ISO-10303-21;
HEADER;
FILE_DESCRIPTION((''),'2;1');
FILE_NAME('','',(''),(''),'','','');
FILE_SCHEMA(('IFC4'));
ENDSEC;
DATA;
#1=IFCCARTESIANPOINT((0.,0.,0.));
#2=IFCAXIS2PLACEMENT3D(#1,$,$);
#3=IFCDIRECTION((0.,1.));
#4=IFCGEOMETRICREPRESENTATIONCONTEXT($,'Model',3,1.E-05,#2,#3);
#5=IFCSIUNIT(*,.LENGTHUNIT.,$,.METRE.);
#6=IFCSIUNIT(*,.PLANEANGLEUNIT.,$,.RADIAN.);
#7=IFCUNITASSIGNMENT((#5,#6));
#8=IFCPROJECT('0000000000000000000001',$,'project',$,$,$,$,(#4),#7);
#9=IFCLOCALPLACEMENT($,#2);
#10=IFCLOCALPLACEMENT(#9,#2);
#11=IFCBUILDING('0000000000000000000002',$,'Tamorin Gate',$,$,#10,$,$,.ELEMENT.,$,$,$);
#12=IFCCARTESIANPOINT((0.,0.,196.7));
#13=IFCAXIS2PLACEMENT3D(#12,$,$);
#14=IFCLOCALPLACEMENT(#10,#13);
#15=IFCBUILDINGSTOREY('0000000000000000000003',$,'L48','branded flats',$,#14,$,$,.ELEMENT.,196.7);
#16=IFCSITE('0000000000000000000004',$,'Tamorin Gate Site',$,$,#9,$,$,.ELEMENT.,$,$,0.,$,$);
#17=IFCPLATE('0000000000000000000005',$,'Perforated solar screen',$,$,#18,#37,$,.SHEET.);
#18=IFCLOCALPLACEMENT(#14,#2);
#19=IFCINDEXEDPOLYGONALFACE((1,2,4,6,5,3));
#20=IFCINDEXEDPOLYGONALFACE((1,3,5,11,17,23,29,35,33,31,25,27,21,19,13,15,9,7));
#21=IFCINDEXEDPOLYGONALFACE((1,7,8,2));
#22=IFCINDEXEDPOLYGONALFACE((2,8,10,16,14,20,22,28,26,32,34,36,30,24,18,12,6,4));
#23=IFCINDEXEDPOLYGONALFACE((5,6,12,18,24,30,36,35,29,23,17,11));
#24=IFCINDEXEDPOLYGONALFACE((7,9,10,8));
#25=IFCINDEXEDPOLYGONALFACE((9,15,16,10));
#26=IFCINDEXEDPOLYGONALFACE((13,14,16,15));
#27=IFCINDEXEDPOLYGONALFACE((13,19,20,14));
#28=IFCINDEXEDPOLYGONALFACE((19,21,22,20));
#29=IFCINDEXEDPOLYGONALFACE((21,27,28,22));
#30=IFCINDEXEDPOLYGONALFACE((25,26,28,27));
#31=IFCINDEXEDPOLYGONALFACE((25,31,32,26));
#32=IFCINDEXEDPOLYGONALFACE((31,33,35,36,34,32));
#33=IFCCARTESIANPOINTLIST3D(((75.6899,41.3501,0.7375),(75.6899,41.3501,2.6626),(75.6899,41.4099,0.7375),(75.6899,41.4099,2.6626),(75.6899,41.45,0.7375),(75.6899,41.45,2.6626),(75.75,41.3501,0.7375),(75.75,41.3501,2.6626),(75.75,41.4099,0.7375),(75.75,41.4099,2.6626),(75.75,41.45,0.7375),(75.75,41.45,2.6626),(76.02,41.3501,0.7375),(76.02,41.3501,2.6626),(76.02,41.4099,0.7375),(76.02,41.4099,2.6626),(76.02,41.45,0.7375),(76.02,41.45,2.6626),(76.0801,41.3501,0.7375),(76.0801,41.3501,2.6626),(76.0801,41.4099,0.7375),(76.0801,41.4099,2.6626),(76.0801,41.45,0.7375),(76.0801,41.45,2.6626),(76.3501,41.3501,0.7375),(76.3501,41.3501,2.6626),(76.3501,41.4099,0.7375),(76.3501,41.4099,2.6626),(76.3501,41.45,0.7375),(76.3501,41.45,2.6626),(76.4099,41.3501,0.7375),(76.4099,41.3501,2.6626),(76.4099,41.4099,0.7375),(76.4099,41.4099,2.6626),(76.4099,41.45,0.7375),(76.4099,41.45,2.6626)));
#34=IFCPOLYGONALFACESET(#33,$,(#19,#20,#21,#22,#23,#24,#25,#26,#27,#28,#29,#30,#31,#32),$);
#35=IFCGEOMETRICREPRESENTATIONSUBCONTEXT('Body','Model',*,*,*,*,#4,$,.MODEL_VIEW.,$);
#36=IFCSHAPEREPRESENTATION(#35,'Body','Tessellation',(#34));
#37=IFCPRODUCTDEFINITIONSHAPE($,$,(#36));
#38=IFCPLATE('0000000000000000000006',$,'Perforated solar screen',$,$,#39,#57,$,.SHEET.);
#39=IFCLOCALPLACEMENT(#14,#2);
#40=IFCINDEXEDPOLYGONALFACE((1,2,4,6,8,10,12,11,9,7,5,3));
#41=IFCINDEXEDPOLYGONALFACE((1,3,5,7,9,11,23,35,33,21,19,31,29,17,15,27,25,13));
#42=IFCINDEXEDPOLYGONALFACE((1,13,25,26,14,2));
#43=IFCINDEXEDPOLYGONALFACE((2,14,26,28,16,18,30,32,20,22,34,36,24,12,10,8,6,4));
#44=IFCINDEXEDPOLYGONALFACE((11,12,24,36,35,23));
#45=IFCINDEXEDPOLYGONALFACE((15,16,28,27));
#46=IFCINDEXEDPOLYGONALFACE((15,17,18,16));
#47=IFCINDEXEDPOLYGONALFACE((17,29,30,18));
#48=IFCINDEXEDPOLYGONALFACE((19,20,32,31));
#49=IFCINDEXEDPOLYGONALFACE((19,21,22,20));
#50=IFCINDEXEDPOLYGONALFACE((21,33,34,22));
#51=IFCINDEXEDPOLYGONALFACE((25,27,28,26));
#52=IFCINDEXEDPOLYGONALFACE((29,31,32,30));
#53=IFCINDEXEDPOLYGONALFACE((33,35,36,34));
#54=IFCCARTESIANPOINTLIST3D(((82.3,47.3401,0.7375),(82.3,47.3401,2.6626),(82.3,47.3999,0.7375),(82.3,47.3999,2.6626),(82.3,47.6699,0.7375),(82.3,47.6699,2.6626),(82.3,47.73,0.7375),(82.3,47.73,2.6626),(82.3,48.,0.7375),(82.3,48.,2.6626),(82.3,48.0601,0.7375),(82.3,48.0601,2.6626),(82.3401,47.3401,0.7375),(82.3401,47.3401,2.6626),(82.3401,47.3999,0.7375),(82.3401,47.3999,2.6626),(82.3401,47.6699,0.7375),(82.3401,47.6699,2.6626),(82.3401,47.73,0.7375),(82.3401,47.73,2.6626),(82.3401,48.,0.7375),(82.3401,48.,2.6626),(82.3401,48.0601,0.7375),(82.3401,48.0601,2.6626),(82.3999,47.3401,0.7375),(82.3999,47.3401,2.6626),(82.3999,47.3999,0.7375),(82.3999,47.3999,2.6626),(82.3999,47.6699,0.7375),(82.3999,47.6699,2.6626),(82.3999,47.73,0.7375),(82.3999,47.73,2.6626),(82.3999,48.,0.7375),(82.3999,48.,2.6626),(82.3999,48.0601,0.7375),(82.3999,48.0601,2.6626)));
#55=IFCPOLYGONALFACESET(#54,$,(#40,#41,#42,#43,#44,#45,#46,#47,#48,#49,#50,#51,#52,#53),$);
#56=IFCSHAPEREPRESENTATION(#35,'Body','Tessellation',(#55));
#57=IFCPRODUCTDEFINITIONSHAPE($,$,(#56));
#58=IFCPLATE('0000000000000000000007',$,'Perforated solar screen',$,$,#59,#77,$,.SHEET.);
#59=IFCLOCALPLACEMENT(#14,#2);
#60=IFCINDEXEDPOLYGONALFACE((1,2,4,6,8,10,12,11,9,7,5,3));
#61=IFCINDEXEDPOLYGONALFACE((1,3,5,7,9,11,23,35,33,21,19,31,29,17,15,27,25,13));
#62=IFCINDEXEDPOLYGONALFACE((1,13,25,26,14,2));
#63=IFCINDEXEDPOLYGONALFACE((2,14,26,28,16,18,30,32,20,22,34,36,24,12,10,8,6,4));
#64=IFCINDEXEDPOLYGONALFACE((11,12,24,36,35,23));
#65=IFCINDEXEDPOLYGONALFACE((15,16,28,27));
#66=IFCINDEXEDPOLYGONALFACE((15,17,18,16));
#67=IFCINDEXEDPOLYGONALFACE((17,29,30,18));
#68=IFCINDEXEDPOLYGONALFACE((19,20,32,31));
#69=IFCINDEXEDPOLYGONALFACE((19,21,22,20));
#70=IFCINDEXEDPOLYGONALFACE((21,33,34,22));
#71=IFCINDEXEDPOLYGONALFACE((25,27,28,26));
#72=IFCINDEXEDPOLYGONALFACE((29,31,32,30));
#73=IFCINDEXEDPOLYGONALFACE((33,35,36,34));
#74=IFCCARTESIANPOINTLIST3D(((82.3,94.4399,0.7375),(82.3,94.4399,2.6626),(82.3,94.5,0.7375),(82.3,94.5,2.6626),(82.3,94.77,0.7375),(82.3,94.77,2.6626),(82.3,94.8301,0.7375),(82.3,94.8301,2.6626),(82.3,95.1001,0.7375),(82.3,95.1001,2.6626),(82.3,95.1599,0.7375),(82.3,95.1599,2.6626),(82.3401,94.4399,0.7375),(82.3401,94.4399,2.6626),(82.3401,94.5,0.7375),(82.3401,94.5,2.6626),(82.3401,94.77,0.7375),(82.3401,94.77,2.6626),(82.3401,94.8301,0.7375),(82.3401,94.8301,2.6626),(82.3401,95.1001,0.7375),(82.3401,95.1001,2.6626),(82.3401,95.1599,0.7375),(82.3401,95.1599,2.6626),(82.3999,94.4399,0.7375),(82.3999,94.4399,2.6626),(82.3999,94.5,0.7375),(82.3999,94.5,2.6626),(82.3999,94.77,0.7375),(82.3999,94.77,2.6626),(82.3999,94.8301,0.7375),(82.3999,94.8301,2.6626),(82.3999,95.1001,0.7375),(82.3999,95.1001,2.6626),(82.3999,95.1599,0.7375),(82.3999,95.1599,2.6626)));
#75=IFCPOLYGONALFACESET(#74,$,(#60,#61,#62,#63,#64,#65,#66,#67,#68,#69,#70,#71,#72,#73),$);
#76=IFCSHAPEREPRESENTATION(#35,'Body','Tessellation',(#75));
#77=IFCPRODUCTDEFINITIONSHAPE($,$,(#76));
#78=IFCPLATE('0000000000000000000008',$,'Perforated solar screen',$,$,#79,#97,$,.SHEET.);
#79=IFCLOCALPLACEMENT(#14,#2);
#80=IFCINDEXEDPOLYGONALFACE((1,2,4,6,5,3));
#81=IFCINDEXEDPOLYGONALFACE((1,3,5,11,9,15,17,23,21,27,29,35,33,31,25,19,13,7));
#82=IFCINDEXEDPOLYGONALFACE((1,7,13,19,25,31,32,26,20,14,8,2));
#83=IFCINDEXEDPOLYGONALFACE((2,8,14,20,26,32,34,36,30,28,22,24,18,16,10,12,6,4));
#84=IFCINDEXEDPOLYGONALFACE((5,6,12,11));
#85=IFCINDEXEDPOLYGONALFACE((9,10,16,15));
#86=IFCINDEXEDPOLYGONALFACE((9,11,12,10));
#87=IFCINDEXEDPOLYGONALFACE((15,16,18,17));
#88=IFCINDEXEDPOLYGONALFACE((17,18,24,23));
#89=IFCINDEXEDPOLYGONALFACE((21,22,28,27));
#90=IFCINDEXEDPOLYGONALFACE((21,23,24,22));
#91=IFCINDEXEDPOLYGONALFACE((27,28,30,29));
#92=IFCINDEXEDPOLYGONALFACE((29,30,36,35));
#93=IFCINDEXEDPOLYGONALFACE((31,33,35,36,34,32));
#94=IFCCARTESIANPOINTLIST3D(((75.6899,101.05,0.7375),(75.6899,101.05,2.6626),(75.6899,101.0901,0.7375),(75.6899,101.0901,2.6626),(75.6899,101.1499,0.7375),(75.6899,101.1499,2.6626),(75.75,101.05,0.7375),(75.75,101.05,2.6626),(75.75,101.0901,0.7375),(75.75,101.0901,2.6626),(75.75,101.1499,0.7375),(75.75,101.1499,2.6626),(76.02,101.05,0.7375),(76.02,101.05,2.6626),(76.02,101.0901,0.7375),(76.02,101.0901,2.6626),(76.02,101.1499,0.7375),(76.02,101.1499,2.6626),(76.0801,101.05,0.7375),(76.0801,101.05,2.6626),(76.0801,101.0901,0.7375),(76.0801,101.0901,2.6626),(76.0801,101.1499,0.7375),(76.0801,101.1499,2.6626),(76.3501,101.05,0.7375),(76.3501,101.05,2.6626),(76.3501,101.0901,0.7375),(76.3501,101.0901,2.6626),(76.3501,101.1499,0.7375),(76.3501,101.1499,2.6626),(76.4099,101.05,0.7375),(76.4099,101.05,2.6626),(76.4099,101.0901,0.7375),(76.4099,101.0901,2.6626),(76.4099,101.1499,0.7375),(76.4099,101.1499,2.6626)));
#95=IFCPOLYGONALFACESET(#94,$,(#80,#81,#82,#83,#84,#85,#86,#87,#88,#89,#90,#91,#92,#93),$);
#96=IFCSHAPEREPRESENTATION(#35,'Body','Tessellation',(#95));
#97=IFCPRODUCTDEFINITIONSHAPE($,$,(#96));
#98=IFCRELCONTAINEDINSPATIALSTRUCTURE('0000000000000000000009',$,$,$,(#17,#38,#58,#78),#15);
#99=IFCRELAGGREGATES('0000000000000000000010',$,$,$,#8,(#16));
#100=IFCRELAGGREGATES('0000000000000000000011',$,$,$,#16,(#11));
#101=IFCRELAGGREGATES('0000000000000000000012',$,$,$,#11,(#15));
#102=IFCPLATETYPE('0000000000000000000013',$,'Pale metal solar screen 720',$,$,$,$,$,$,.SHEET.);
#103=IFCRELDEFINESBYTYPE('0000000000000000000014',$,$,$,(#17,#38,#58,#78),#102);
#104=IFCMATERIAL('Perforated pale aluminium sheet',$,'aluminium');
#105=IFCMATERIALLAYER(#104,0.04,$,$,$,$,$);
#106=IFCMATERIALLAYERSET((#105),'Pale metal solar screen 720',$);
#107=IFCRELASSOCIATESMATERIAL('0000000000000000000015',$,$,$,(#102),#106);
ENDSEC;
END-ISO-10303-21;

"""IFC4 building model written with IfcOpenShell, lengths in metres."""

from ifc_helpers import new_model, si_unit, direction, frame, origin, place, context, subcontext, project, spatial, polyline, outline, extrude, material, layer, layer_set, type_object, element, save


model = new_model("IFC4")

# Units and contexts
model_context = context("Model", 3, precision=1e-05, world=origin(), true_north=direction((0.0, 1.0)))
body_context = subcontext(model_context, "Body", "Model", "MODEL_VIEW")
ifc_project = project(units=[si_unit("LENGTHUNIT", "METRE"), si_unit("PLANEANGLEUNIT", "RADIAN")], contexts=[model_context])

# Site, building, storey
site_placement = place(None, origin())
site = spatial("IfcSite", under=ifc_project, at=site_placement, Name="Tamorin Gate Site", CompositionType="ELEMENT", RefElevation=0.0)
building_placement = place(site_placement, origin())
building = spatial("IfcBuilding", under=site, at=building_placement, Name="Tamorin Gate", CompositionType="ELEMENT")
storey_placement = place(building_placement, frame((0.0, 0.0, 196.7)))
storey = spatial("IfcBuildingStorey", under=building, at=storey_placement, Name="L48", Description="branded flats", CompositionType="ELEMENT", Elevation=196.7)

# Plates
ifc_material_1 = material(Name="Perforated pale aluminium sheet", Category="aluminium")
ifc_layer_1 = layer(ifc_material_1, 0.04)
ifc_layer_set_1 = layer_set([ifc_layer_1], Name="Pale metal solar screen 720")
plate_type_1 = type_object("IfcPlateType", Name="Pale metal solar screen 720", PredefinedType="SHEET", material=ifc_layer_set_1)
plate_1_placement = place(storey_placement, frame((0.0, 0.0, 0.7375)))
element("IfcPlate", 1, at=plate_1_placement, inside=storey, type_object=plate_type_1, Name="Perforated solar screen", PredefinedType="SHEET", context=body_context, shape_type="SweptSolid", body=[
    extrude(outline(polyline([(75.6899, 41.4099), (75.6899, 41.45), (75.75, 41.45), (76.02, 41.45), (76.0801, 41.45), (76.3501, 41.45), (76.4099, 41.45), (76.4099, 41.4099), (76.4099, 41.3501), (76.3501, 41.3501), (76.3501, 41.4099), (76.0801, 41.4099), (76.0801, 41.3501), (76.02, 41.3501), (76.02, 41.4099), (75.75, 41.4099), (75.75, 41.3501), (75.6899, 41.3501), (75.6899, 41.4099)])), origin(), (0.0, 0.0, 1.0), 1.925),
])
plate_2_placement = place(storey_placement, frame((0.0, 0.0, 0.7375)))
element("IfcPlate", 2, at=plate_2_placement, inside=storey, type_object=plate_type_1, Name="Perforated solar screen", PredefinedType="SHEET", context=body_context, shape_type="SweptSolid", body=[
    extrude(outline(polyline([(82.3401, 47.3401), (82.3, 47.3401), (82.3, 47.3999), (82.3, 47.6699), (82.3, 47.73), (82.3, 48.0), (82.3, 48.0601), (82.3401, 48.0601), (82.3999, 48.0601), (82.3999, 48.0), (82.3401, 48.0), (82.3401, 47.73), (82.3999, 47.73), (82.3999, 47.6699), (82.3401, 47.6699), (82.3401, 47.3999), (82.3999, 47.3999), (82.3999, 47.3401), (82.3401, 47.3401)])), origin(), (0.0, 0.0, 1.0), 1.925),
])
plate_3_placement = place(storey_placement, frame((0.0, 0.0, 0.7375)))
element("IfcPlate", 3, at=plate_3_placement, inside=storey, type_object=plate_type_1, Name="Perforated solar screen", PredefinedType="SHEET", context=body_context, shape_type="SweptSolid", body=[
    extrude(outline(polyline([(82.3401, 94.4399), (82.3, 94.4399), (82.3, 94.5), (82.3, 94.77), (82.3, 94.8301), (82.3, 95.1001), (82.3, 95.1599), (82.3401, 95.1599), (82.3999, 95.1599), (82.3999, 95.1001), (82.3401, 95.1001), (82.3401, 94.8301), (82.3999, 94.8301), (82.3999, 94.77), (82.3401, 94.77), (82.3401, 94.5), (82.3999, 94.5), (82.3999, 94.4399), (82.3401, 94.4399)])), origin(), (0.0, 0.0, 1.0), 1.925),
])
plate_4_placement = place(storey_placement, frame((0.0, 0.0, 0.7375)))
element("IfcPlate", 4, at=plate_4_placement, inside=storey, type_object=plate_type_1, Name="Perforated solar screen", PredefinedType="SHEET", context=body_context, shape_type="SweptSolid", body=[
    extrude(outline(polyline([(76.4099, 101.0901), (76.4099, 101.05), (76.3501, 101.05), (76.0801, 101.05), (76.02, 101.05), (75.75, 101.05), (75.6899, 101.05), (75.6899, 101.0901), (75.6899, 101.1499), (75.75, 101.1499), (75.75, 101.0901), (76.02, 101.0901), (76.02, 101.1499), (76.0801, 101.1499), (76.0801, 101.0901), (76.3501, 101.0901), (76.3501, 101.1499), (76.4099, 101.1499), (76.4099, 101.0901)])), origin(), (0.0, 0.0, 1.0), 1.925),
])

save(model, "model.ifc")
